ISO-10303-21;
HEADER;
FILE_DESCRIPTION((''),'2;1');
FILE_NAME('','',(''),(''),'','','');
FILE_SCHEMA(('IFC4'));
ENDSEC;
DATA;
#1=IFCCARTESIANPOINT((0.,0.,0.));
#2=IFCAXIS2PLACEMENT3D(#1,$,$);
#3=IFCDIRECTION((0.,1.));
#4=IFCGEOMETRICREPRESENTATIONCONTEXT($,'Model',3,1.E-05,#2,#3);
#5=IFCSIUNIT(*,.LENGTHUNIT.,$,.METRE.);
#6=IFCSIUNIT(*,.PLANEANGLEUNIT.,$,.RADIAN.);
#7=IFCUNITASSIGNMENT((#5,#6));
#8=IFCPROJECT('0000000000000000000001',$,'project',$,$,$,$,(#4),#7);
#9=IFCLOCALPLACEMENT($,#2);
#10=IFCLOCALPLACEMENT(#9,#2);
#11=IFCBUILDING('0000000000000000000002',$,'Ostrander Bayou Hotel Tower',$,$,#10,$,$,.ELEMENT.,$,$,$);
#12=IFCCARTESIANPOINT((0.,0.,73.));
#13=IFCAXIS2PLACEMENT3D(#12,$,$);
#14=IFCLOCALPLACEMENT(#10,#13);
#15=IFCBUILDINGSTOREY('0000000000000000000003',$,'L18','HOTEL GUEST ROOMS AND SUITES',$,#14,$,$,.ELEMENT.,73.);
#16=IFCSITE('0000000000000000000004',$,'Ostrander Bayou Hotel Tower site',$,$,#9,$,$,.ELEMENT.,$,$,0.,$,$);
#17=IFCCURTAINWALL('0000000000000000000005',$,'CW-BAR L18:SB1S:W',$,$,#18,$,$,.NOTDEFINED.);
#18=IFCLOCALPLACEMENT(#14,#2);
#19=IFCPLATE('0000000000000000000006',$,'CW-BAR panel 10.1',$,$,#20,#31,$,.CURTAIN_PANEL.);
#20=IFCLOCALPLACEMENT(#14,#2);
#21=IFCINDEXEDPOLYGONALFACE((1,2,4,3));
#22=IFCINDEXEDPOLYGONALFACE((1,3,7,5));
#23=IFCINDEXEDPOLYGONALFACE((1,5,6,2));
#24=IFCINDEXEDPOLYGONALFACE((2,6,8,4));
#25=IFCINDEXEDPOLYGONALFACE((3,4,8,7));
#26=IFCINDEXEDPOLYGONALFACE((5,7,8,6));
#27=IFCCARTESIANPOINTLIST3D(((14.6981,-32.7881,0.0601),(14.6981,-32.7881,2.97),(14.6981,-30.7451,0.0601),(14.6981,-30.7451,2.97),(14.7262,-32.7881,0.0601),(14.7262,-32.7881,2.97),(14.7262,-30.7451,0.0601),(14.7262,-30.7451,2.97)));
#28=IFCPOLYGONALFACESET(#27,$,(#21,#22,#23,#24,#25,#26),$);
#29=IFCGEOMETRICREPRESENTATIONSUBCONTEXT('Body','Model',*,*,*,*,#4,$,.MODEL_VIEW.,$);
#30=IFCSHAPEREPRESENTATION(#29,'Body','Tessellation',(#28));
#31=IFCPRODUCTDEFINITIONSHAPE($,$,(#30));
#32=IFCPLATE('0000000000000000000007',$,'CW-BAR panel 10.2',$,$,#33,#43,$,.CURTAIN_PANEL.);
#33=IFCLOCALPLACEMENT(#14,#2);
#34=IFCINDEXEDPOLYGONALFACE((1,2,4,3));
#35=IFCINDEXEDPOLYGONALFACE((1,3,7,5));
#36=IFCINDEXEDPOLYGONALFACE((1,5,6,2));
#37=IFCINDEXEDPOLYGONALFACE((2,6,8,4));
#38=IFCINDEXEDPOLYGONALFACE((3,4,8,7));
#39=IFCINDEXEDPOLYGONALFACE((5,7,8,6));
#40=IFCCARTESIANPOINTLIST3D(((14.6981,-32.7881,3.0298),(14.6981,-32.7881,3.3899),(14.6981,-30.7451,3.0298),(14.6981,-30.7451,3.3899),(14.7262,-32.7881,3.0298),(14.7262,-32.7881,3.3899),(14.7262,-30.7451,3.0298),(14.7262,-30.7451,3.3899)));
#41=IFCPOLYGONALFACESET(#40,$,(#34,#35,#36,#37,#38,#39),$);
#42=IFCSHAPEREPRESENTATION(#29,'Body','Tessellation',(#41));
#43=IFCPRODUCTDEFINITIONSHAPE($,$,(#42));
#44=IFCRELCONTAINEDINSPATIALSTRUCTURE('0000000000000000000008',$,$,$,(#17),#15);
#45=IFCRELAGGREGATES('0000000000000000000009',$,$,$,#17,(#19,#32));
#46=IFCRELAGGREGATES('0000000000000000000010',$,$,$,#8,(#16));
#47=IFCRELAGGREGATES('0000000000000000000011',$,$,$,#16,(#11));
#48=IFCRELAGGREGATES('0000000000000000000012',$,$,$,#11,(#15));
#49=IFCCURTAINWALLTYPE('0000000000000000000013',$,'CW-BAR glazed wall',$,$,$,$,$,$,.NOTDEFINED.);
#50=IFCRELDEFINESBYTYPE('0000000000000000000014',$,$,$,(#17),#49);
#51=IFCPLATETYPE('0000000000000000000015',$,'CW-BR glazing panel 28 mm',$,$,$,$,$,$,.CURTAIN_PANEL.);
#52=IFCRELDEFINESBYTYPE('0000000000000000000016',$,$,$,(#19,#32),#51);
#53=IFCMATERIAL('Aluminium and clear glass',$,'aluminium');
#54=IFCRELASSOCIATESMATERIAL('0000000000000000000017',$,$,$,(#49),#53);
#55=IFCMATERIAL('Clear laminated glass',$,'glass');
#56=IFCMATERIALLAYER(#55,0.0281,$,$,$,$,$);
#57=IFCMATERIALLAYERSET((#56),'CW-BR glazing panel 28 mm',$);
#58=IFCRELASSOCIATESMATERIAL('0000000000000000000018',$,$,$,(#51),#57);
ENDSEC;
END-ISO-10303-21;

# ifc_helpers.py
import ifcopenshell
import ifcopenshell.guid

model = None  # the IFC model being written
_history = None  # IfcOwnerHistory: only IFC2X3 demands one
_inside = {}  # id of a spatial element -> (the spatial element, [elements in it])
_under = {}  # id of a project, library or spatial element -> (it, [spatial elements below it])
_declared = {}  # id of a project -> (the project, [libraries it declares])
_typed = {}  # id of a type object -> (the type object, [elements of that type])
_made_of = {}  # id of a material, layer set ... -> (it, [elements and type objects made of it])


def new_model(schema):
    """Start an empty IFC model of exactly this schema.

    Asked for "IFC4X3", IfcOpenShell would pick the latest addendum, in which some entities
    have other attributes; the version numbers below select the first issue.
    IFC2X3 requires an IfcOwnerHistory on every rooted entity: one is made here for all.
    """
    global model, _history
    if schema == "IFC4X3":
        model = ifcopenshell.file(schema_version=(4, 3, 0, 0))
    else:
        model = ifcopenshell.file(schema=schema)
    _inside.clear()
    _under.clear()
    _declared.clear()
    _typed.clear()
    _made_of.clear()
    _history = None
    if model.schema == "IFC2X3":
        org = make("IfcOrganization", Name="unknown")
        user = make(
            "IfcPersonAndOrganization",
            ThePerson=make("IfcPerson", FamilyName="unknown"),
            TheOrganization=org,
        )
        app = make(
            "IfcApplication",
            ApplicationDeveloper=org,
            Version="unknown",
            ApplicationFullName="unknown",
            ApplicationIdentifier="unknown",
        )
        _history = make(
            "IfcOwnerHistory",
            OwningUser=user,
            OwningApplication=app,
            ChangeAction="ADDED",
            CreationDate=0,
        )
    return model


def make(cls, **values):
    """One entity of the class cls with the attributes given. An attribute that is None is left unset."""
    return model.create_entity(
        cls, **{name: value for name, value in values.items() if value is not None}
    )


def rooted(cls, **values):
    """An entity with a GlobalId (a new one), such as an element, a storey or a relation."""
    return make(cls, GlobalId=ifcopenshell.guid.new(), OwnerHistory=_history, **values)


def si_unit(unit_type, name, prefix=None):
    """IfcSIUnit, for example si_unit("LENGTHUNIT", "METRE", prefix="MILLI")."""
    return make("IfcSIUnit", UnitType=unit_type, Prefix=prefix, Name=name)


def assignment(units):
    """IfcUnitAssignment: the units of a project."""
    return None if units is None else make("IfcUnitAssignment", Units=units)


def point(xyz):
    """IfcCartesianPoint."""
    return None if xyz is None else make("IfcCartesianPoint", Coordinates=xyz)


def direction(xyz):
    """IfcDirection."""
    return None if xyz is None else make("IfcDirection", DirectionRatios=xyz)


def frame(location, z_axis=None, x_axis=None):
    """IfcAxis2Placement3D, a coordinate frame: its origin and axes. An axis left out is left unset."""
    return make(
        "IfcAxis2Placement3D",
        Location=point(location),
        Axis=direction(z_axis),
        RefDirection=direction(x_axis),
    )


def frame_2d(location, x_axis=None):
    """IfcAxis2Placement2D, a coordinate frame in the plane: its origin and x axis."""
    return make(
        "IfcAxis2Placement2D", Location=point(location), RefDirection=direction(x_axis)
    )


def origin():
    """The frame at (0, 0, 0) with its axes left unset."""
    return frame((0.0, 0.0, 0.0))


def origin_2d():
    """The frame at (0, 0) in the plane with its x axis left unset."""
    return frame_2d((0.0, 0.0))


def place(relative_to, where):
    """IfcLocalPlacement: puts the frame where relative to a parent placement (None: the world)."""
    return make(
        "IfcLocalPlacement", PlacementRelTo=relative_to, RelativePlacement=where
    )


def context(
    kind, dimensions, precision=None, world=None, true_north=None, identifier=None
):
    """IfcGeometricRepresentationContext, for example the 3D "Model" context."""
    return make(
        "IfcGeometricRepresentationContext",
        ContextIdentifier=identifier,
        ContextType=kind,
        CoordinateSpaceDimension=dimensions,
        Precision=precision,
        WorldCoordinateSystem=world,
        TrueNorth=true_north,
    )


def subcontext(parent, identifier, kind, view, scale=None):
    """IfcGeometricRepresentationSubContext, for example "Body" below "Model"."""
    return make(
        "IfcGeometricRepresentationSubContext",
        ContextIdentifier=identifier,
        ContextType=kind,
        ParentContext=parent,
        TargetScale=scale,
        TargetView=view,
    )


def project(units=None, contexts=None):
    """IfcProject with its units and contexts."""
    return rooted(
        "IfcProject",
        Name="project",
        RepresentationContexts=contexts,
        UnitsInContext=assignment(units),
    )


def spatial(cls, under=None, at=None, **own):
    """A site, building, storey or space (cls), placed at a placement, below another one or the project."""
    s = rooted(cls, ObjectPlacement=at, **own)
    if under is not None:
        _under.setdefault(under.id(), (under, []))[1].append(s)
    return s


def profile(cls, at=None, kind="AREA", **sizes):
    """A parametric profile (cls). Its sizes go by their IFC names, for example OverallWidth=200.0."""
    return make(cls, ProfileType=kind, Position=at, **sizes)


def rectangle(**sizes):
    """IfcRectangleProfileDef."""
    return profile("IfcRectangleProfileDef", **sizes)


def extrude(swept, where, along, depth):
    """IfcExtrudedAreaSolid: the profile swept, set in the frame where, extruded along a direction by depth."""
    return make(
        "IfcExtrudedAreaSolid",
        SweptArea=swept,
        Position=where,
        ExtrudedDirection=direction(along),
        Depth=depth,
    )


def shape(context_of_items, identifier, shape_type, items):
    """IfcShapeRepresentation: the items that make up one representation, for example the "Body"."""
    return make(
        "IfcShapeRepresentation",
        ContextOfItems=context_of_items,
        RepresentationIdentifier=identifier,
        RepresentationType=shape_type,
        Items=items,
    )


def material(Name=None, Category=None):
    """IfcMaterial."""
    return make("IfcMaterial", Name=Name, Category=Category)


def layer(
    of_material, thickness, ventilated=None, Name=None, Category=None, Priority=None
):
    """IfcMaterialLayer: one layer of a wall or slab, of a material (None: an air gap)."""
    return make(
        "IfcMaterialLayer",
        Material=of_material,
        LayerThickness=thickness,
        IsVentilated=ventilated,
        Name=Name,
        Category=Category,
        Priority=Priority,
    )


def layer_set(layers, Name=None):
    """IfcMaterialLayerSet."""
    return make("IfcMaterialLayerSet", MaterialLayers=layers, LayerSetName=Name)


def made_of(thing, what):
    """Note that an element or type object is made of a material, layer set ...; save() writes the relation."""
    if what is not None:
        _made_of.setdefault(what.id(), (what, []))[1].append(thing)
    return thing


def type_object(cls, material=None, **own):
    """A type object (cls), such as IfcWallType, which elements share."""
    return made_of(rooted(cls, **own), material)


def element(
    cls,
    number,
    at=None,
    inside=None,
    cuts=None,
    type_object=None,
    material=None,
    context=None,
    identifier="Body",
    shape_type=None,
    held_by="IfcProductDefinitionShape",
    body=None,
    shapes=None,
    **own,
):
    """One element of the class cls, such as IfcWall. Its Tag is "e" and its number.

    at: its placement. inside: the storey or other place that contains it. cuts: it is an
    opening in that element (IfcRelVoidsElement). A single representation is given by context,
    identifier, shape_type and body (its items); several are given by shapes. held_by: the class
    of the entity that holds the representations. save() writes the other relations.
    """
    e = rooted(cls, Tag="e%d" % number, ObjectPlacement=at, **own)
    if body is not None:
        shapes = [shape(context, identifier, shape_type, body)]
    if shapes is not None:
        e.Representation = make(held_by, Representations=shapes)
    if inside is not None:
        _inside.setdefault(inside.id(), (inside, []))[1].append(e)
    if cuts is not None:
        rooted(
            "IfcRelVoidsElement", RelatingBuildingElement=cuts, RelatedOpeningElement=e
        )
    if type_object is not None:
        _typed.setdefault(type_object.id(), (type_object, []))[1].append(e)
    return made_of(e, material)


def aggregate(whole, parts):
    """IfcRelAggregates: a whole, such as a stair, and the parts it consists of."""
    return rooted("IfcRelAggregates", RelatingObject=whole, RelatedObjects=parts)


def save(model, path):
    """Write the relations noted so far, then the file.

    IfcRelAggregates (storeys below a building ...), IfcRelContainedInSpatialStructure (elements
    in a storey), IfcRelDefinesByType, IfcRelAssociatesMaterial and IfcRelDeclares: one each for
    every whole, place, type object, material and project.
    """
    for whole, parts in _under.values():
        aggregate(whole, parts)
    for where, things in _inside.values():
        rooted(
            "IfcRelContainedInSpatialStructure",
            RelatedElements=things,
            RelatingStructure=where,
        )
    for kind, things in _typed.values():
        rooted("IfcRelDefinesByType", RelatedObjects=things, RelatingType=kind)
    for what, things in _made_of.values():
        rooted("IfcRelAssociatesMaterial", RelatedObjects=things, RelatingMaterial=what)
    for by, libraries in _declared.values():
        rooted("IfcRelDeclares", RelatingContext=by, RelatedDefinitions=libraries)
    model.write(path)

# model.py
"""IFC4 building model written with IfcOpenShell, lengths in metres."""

from ifc_helpers import new_model, si_unit, direction, frame, origin, origin_2d, place, context, subcontext, project, spatial, rectangle, extrude, material, layer, layer_set, type_object, element, aggregate, save


model = new_model("IFC4")

# Units and contexts
model_context = context("Model", 3, precision=1e-05, world=origin(), true_north=direction((0.0, 1.0)))
body_context = subcontext(model_context, "Body", "Model", "MODEL_VIEW")
ifc_project = project(units=[si_unit("LENGTHUNIT", "METRE"), si_unit("PLANEANGLEUNIT", "RADIAN")], contexts=[model_context])

# Site, building, storey
site_placement = place(None, origin())
site = spatial("IfcSite", under=ifc_project, at=site_placement, Name="Ostrander Bayou Hotel Tower site", CompositionType="ELEMENT", RefElevation=0.0)
building_placement = place(site_placement, origin())
building = spatial("IfcBuilding", under=site, at=building_placement, Name="Ostrander Bayou Hotel Tower", CompositionType="ELEMENT")
storey_placement = place(building_placement, frame((0.0, 0.0, 73.0)))
storey = spatial("IfcBuildingStorey", under=building, at=storey_placement, Name="L18", Description="HOTEL GUEST ROOMS AND SUITES", CompositionType="ELEMENT", Elevation=73.0)

# Curtain wall
ifc_material_1 = material(Name="Aluminium and clear glass", Category="aluminium")
curtain_wall_type = type_object("IfcCurtainWallType", Name="CW-BAR glazed wall", PredefinedType="NOTDEFINED", material=ifc_material_1)
curtain_wall_1_placement = place(storey_placement, origin())
curtain_wall_1 = element("IfcCurtainWall", 1, at=curtain_wall_1_placement, inside=storey, type_object=curtain_wall_type, Name="CW-BAR L18:SB1S:W", PredefinedType="NOTDEFINED")

# Plates
ifc_material_2 = material(Name="Clear laminated glass", Category="glass")
ifc_layer = layer(ifc_material_2, 0.0281)
ifc_layer_set = layer_set([ifc_layer], Name="CW-BR glazing panel 28 mm")
plate_type = type_object("IfcPlateType", Name="CW-BR glazing panel 28 mm", PredefinedType="CURTAIN_PANEL", material=ifc_layer_set)
plate_1_placement = place(storey_placement, frame((14.7122, -31.7666, 0.0601), z_axis=(0.0, 0.0, 1.0), x_axis=(0.0, -1.0, 0.0)))
plate_1 = element("IfcPlate", 2, at=plate_1_placement, type_object=plate_type, Name="CW-BAR panel 10.1", PredefinedType="CURTAIN_PANEL", context=body_context, shape_type="SweptSolid", body=[
    extrude(rectangle(XDim=2.043, YDim=0.0281, at=origin_2d()), origin(), (0.0, 0.0, 1.0), 2.9099),
])
plate_2_placement = place(storey_placement, frame((14.7122, -31.7666, 3.0298), z_axis=(0.0, 0.0, 1.0), x_axis=(0.0, -1.0, 0.0)))
plate_2 = element("IfcPlate", 3, at=plate_2_placement, type_object=plate_type, Name="CW-BAR panel 10.2", PredefinedType="CURTAIN_PANEL", context=body_context, shape_type="SweptSolid", body=[
    extrude(rectangle(XDim=2.043, YDim=0.0281, at=origin_2d()), origin(), (0.0, 0.0, 1.0), 0.3601),
])
aggregate(curtain_wall_1, [plate_1, plate_2])

save(model, "model.ifc")
